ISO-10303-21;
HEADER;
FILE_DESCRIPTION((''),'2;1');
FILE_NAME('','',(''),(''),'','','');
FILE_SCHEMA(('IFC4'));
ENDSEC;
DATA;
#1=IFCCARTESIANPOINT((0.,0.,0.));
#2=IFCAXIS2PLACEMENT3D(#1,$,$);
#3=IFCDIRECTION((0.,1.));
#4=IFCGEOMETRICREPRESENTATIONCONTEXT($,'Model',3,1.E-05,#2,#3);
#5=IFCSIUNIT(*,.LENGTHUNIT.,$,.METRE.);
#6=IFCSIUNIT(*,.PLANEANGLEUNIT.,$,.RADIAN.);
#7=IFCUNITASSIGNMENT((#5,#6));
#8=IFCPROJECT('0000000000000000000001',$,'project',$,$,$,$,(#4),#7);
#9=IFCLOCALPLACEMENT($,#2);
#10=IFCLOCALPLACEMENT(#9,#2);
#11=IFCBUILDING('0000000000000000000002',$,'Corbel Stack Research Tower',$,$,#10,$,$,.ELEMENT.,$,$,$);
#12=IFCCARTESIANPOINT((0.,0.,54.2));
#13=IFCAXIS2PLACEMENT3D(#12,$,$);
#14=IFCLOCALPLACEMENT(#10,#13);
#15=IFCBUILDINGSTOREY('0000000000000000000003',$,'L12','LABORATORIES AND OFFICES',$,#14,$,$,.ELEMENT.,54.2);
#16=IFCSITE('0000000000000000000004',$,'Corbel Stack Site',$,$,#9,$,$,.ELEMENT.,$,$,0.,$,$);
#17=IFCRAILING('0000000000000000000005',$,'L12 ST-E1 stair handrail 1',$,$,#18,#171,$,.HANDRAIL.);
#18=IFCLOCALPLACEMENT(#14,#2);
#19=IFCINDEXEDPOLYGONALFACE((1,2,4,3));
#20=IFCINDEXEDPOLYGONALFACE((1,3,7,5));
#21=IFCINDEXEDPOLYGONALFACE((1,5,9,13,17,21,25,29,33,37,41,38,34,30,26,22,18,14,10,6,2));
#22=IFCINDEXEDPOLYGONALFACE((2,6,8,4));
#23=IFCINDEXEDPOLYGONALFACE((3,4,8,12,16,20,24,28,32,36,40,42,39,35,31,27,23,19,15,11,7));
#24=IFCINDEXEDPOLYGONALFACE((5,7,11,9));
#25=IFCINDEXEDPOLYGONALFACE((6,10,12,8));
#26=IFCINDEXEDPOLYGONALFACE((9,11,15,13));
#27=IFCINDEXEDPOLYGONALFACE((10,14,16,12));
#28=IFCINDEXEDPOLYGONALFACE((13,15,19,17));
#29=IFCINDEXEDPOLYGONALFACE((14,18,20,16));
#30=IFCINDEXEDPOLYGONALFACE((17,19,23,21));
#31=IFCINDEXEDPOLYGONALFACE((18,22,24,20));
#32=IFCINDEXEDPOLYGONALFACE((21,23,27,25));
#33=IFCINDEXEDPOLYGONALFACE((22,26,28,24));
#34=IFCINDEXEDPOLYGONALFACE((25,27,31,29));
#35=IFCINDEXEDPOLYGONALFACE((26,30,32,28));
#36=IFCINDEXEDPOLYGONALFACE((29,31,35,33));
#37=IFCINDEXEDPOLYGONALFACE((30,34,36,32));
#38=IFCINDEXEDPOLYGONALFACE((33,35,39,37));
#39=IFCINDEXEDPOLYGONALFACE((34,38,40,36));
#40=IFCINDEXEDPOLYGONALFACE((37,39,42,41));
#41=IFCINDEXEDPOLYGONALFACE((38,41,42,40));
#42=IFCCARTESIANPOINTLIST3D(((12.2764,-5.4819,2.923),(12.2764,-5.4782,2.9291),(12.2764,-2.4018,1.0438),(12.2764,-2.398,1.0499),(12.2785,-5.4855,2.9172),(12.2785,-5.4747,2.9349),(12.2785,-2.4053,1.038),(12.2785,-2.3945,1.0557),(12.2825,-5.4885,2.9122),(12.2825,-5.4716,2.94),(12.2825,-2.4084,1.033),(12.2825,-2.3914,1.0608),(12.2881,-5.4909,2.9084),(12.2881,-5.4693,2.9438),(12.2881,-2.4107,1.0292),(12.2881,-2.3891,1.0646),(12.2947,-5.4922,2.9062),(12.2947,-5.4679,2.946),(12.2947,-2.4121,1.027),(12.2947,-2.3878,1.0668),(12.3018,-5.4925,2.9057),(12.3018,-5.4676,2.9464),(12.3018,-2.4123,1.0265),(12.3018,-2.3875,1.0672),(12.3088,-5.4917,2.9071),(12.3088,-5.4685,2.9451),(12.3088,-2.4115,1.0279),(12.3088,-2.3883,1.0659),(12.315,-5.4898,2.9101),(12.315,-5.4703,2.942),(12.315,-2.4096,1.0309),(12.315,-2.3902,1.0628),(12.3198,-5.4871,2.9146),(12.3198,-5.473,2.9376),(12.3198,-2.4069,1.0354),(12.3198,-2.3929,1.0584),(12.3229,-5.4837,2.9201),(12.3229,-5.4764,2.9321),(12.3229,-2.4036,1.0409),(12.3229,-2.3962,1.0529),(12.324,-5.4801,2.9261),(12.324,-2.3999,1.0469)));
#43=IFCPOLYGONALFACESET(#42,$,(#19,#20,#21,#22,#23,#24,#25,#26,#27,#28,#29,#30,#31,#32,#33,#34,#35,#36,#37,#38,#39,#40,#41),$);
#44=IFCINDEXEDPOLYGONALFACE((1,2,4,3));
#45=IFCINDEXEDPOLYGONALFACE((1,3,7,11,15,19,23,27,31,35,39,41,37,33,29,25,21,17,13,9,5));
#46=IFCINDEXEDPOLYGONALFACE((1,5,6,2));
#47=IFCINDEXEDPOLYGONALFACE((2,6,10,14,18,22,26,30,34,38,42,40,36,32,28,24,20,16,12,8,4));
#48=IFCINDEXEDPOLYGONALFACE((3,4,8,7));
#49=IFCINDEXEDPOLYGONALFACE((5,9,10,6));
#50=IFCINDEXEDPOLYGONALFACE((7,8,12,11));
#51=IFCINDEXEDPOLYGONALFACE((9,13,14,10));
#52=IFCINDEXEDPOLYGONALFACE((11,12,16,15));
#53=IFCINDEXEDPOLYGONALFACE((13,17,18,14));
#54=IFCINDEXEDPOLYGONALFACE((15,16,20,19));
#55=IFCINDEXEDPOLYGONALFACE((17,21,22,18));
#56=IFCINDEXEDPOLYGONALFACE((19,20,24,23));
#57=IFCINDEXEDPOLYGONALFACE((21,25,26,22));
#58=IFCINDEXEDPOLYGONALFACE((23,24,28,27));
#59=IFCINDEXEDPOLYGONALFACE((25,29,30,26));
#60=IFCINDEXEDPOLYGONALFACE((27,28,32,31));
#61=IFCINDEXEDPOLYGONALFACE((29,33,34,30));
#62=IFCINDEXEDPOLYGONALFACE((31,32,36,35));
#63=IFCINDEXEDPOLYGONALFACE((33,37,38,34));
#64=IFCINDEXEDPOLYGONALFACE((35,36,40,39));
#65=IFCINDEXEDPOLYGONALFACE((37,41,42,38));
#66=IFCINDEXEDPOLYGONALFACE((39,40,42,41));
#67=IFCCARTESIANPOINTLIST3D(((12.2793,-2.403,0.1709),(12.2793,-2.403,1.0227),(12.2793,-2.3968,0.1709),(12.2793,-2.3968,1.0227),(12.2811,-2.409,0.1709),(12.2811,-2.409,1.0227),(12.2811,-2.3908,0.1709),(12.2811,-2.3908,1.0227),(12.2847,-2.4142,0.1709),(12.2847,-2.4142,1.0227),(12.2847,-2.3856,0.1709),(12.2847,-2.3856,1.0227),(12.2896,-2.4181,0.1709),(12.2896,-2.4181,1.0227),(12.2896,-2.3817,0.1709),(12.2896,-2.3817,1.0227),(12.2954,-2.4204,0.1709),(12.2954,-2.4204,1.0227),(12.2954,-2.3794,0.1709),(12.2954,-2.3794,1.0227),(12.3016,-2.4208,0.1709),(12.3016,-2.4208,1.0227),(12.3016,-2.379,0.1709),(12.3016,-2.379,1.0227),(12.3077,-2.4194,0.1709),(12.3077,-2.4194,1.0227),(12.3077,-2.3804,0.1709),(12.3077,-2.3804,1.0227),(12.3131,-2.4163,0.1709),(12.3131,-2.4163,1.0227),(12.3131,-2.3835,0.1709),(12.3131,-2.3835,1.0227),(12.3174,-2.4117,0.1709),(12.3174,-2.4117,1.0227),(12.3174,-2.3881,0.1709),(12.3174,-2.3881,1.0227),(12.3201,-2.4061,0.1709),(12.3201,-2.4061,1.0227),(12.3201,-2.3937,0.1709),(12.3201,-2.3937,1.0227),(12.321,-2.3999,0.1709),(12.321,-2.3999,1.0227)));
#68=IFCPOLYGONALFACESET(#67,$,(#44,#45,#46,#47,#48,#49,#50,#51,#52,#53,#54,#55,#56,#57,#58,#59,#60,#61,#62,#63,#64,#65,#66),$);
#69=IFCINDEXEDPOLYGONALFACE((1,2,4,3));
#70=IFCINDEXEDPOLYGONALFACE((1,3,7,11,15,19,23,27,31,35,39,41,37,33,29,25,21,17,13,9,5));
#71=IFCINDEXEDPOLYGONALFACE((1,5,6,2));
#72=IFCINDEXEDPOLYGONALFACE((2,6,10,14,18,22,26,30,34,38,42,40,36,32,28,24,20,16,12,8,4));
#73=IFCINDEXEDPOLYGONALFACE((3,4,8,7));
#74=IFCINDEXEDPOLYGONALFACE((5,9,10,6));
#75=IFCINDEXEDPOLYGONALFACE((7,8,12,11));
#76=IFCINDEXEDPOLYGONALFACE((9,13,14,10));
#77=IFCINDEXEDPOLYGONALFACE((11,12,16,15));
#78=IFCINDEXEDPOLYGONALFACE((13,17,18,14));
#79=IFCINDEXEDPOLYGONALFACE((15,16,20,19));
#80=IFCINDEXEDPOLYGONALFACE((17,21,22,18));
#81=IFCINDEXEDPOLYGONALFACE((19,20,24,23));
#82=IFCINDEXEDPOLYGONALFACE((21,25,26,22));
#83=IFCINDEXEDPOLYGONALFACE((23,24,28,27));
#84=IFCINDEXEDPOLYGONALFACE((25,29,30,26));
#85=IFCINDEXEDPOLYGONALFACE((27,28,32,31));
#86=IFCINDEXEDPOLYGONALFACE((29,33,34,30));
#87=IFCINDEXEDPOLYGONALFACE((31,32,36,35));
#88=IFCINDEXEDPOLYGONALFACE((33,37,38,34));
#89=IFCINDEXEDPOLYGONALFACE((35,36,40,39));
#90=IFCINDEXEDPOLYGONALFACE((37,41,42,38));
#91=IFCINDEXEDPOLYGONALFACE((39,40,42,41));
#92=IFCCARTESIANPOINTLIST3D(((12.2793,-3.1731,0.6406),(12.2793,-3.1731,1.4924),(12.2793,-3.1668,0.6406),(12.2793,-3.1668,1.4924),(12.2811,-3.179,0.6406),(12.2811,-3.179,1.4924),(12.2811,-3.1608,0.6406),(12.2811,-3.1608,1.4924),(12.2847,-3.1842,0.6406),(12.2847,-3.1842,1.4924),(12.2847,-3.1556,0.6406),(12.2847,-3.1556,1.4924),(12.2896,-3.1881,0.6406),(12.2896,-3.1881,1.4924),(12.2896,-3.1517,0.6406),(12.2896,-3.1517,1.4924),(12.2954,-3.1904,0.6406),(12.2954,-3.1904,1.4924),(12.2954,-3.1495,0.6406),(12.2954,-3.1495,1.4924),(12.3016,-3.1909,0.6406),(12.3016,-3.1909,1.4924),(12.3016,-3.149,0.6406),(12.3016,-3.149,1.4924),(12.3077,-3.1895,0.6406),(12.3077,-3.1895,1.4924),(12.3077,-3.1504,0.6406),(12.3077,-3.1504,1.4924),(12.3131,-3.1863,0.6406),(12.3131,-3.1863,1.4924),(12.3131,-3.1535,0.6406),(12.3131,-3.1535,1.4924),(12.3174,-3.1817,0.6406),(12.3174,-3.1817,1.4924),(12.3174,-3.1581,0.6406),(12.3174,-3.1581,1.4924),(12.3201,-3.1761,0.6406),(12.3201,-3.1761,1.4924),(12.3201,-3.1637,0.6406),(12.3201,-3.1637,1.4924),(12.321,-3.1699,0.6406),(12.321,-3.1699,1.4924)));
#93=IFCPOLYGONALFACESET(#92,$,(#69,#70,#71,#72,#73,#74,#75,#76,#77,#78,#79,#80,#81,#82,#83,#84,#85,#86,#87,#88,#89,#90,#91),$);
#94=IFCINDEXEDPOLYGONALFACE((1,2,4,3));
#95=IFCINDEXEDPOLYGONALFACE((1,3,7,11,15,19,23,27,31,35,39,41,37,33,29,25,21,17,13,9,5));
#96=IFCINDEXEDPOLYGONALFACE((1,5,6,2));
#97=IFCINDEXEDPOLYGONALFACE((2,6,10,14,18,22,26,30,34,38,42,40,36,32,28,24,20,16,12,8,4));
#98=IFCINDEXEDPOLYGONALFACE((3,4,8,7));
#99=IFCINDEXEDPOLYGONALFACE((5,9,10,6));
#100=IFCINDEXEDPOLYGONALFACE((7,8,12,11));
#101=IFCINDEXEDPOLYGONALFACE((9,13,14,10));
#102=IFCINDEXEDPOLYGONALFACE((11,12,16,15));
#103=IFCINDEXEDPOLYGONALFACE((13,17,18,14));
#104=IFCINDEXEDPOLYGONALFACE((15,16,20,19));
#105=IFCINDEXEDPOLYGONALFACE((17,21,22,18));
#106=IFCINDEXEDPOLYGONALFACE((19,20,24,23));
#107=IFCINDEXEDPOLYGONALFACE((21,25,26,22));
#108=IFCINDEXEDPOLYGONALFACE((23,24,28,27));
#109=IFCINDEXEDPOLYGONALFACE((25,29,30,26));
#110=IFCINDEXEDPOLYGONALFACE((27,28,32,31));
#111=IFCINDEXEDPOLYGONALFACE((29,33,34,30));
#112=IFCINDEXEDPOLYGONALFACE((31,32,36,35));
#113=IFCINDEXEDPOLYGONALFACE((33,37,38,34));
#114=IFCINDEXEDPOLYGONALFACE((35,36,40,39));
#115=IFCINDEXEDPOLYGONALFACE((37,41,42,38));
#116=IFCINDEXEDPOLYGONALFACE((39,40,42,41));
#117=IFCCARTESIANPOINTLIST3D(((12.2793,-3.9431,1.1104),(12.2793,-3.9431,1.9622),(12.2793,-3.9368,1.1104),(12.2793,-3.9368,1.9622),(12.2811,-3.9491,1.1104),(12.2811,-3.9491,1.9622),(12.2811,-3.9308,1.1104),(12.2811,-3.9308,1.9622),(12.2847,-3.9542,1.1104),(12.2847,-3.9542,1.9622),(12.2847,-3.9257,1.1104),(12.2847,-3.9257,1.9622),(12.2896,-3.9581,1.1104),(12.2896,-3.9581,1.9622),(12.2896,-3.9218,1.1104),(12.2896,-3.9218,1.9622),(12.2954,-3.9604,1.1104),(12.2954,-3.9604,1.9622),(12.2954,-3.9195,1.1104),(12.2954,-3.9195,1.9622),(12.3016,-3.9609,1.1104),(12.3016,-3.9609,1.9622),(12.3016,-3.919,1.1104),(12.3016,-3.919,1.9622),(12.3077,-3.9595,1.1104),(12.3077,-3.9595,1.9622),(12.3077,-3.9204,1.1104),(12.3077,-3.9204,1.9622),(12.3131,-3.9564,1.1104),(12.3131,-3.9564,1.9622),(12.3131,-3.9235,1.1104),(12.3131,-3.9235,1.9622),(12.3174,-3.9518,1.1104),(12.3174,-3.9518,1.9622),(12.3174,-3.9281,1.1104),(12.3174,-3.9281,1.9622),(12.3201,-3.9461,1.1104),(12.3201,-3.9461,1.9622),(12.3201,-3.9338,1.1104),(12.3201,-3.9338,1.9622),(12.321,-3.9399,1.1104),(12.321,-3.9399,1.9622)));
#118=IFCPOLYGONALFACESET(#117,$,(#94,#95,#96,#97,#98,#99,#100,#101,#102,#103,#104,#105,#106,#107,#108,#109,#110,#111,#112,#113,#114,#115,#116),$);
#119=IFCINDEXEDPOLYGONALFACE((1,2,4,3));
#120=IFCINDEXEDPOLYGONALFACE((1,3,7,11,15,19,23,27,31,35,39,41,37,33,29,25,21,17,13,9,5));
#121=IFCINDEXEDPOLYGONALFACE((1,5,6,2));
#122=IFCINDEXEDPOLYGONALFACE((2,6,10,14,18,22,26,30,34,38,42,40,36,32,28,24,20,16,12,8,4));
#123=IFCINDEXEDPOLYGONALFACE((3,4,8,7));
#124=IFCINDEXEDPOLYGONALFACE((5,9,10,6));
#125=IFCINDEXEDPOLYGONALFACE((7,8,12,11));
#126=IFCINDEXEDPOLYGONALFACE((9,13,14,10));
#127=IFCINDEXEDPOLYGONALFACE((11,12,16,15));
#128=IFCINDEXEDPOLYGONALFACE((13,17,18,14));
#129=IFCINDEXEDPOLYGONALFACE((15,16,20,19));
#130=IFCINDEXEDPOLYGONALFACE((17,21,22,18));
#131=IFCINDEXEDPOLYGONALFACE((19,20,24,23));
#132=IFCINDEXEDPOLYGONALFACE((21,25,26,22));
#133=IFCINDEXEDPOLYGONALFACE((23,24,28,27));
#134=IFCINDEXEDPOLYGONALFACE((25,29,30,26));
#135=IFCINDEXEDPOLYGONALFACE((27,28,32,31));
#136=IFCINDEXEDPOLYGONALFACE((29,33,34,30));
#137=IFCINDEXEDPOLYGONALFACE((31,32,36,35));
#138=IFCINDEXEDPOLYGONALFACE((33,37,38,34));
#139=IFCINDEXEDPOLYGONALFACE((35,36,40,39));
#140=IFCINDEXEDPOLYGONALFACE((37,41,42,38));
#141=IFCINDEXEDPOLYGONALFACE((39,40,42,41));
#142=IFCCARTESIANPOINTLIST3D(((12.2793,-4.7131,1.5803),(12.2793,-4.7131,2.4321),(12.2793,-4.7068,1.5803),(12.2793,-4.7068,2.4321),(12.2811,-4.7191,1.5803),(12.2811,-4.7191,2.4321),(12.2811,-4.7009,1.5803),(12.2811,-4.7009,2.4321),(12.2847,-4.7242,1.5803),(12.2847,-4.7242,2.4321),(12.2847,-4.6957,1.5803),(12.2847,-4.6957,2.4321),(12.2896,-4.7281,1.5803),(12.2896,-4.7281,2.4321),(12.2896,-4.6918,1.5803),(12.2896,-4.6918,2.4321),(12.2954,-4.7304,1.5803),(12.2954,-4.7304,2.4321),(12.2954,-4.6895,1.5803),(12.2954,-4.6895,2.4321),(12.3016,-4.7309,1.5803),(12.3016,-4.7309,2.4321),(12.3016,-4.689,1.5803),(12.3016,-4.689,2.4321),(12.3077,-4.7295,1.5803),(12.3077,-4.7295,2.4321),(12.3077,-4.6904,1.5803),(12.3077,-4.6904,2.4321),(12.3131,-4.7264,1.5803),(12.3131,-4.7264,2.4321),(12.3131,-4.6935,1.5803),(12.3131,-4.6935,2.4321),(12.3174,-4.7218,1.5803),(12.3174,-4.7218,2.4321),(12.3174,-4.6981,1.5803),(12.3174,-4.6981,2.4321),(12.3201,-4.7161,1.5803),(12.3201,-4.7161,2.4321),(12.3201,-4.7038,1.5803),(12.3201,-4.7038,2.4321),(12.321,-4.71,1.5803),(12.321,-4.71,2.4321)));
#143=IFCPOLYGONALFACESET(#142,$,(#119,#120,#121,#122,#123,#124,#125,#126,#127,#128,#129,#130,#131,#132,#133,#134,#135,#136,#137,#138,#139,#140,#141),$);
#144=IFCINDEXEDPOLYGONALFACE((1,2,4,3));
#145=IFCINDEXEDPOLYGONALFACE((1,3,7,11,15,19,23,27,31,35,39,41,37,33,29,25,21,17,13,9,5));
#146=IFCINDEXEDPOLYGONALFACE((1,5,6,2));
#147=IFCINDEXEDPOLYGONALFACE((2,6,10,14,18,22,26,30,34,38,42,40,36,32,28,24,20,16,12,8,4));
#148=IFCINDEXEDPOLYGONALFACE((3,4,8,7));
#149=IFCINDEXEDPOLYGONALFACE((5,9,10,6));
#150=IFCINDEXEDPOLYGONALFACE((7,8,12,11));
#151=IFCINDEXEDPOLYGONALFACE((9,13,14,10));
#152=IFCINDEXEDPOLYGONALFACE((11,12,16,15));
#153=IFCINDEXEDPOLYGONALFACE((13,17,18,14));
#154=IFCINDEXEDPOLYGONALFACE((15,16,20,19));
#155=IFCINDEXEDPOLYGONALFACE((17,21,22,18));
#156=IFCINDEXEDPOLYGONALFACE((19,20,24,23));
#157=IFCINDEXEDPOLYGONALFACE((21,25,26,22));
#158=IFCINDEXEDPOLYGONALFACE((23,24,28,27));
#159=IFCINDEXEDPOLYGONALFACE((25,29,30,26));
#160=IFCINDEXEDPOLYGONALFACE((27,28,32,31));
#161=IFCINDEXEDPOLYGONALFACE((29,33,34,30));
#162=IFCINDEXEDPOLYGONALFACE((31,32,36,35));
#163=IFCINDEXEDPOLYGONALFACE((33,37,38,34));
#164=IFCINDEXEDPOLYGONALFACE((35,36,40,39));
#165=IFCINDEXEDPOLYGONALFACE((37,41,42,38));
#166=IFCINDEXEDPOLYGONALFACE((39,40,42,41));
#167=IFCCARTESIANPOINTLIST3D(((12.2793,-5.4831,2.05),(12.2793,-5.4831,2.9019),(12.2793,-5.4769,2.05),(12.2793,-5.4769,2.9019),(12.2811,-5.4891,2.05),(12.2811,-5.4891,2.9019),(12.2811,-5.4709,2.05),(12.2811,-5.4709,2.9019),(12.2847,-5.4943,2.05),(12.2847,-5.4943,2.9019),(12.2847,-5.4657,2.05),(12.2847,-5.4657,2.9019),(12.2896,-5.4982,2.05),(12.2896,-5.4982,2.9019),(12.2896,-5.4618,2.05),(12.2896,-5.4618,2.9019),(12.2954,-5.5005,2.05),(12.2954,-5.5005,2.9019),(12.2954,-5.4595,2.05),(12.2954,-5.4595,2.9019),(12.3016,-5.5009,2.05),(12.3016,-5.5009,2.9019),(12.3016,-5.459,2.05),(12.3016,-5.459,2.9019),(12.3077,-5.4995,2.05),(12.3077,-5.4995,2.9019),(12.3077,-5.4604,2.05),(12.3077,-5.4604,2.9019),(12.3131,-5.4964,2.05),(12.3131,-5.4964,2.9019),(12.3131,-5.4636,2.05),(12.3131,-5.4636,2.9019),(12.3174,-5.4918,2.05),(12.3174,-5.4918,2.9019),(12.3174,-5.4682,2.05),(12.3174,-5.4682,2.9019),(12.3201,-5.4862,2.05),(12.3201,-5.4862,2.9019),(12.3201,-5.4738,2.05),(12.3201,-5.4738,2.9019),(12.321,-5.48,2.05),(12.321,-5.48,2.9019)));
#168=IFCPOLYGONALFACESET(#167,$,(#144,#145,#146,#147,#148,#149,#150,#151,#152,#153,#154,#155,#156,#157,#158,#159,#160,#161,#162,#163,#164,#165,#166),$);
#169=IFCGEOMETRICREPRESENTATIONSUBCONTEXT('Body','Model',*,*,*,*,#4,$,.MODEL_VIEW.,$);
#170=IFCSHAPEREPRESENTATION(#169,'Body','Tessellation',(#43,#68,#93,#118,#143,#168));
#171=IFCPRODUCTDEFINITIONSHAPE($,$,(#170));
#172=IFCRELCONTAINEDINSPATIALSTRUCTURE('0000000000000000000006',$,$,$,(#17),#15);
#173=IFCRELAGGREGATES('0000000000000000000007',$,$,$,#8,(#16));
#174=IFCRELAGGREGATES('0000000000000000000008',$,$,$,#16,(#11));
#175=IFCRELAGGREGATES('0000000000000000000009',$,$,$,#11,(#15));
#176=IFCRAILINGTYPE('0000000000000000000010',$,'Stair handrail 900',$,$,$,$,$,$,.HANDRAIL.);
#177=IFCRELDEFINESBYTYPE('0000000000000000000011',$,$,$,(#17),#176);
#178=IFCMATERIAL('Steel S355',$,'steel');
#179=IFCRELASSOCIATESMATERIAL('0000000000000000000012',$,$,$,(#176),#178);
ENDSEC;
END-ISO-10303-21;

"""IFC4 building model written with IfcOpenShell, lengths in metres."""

from ifc_helpers import new_model, si_unit, direction, frame, origin, origin_2d, place, context, subcontext, project, spatial, circle, extrude, material, type_object, element, save


model = new_model("IFC4")

# Units and contexts
model_context = context("Model", 3, precision=1e-05, world=origin(), true_north=direction((0.0, 1.0)))
body_context = subcontext(model_context, "Body", "Model", "MODEL_VIEW")
ifc_project = project(units=[si_unit("LENGTHUNIT", "METRE"), si_unit("PLANEANGLEUNIT", "RADIAN")], contexts=[model_context])

# Site, building, storey
site_placement = place(None, origin())
site = spatial("IfcSite", under=ifc_project, at=site_placement, Name="Corbel Stack Site", CompositionType="ELEMENT", RefElevation=0.0)
building_placement = place(site_placement, origin())
building = spatial("IfcBuilding", under=site, at=building_placement, Name="Corbel Stack Research Tower", CompositionType="ELEMENT")
storey_placement = place(building_placement, frame((0.0, 0.0, 54.2)))
storey = spatial("IfcBuildingStorey", under=building, at=storey_placement, Name="L12", Description="LABORATORIES AND OFFICES", CompositionType="ELEMENT", Elevation=54.2)

# Railing
ifc_material_1 = material(Name="Steel S355", Category="steel")
railing_type_1 = type_object("IfcRailingType", Name="Stair handrail 900", PredefinedType="HANDRAIL", material=ifc_material_1)
railing_1_placement = place(storey_placement, frame((12.3, -2.3999, 0.1709)))
element("IfcRailing", 1, at=railing_1_placement, inside=storey, type_object=railing_type_1, Name="L12 ST-E1 stair handrail 1", PredefinedType="HANDRAIL", context=body_context, shape_type="SweptSolid", body=[
    extrude(circle(Radius=0.0239, at=origin_2d()), frame((0.0, 0.0, 0.876), z_axis=(0.0, -0.853666, 0.52082), x_axis=(1.0, 0.0, 0.0)), (0.0, 0.0, 1.0), 3.6082),
    extrude(circle(Radius=0.021, at=origin_2d()), origin(), (0.0, 0.0, 1.0), 0.8518),
    extrude(circle(Radius=0.021, at=origin_2d()), frame((0.0, -0.77, 0.4697)), (0.0, 0.0, 1.0), 0.8518),
    extrude(circle(Radius=0.021, at=origin_2d()), frame((0.0, -1.54, 0.9395)), (0.0, 0.0, 1.0), 0.8518),
    extrude(circle(Radius=0.021, at=origin_2d()), frame((0.0, -2.3101, 1.4094)), (0.0, 0.0, 1.0), 0.8518),
    extrude(circle(Radius=0.021, at=origin_2d()), frame((0.0, -3.0801, 1.8792)), (0.0, 0.0, 1.0), 0.8518),
])

save(model, "model.ifc")
